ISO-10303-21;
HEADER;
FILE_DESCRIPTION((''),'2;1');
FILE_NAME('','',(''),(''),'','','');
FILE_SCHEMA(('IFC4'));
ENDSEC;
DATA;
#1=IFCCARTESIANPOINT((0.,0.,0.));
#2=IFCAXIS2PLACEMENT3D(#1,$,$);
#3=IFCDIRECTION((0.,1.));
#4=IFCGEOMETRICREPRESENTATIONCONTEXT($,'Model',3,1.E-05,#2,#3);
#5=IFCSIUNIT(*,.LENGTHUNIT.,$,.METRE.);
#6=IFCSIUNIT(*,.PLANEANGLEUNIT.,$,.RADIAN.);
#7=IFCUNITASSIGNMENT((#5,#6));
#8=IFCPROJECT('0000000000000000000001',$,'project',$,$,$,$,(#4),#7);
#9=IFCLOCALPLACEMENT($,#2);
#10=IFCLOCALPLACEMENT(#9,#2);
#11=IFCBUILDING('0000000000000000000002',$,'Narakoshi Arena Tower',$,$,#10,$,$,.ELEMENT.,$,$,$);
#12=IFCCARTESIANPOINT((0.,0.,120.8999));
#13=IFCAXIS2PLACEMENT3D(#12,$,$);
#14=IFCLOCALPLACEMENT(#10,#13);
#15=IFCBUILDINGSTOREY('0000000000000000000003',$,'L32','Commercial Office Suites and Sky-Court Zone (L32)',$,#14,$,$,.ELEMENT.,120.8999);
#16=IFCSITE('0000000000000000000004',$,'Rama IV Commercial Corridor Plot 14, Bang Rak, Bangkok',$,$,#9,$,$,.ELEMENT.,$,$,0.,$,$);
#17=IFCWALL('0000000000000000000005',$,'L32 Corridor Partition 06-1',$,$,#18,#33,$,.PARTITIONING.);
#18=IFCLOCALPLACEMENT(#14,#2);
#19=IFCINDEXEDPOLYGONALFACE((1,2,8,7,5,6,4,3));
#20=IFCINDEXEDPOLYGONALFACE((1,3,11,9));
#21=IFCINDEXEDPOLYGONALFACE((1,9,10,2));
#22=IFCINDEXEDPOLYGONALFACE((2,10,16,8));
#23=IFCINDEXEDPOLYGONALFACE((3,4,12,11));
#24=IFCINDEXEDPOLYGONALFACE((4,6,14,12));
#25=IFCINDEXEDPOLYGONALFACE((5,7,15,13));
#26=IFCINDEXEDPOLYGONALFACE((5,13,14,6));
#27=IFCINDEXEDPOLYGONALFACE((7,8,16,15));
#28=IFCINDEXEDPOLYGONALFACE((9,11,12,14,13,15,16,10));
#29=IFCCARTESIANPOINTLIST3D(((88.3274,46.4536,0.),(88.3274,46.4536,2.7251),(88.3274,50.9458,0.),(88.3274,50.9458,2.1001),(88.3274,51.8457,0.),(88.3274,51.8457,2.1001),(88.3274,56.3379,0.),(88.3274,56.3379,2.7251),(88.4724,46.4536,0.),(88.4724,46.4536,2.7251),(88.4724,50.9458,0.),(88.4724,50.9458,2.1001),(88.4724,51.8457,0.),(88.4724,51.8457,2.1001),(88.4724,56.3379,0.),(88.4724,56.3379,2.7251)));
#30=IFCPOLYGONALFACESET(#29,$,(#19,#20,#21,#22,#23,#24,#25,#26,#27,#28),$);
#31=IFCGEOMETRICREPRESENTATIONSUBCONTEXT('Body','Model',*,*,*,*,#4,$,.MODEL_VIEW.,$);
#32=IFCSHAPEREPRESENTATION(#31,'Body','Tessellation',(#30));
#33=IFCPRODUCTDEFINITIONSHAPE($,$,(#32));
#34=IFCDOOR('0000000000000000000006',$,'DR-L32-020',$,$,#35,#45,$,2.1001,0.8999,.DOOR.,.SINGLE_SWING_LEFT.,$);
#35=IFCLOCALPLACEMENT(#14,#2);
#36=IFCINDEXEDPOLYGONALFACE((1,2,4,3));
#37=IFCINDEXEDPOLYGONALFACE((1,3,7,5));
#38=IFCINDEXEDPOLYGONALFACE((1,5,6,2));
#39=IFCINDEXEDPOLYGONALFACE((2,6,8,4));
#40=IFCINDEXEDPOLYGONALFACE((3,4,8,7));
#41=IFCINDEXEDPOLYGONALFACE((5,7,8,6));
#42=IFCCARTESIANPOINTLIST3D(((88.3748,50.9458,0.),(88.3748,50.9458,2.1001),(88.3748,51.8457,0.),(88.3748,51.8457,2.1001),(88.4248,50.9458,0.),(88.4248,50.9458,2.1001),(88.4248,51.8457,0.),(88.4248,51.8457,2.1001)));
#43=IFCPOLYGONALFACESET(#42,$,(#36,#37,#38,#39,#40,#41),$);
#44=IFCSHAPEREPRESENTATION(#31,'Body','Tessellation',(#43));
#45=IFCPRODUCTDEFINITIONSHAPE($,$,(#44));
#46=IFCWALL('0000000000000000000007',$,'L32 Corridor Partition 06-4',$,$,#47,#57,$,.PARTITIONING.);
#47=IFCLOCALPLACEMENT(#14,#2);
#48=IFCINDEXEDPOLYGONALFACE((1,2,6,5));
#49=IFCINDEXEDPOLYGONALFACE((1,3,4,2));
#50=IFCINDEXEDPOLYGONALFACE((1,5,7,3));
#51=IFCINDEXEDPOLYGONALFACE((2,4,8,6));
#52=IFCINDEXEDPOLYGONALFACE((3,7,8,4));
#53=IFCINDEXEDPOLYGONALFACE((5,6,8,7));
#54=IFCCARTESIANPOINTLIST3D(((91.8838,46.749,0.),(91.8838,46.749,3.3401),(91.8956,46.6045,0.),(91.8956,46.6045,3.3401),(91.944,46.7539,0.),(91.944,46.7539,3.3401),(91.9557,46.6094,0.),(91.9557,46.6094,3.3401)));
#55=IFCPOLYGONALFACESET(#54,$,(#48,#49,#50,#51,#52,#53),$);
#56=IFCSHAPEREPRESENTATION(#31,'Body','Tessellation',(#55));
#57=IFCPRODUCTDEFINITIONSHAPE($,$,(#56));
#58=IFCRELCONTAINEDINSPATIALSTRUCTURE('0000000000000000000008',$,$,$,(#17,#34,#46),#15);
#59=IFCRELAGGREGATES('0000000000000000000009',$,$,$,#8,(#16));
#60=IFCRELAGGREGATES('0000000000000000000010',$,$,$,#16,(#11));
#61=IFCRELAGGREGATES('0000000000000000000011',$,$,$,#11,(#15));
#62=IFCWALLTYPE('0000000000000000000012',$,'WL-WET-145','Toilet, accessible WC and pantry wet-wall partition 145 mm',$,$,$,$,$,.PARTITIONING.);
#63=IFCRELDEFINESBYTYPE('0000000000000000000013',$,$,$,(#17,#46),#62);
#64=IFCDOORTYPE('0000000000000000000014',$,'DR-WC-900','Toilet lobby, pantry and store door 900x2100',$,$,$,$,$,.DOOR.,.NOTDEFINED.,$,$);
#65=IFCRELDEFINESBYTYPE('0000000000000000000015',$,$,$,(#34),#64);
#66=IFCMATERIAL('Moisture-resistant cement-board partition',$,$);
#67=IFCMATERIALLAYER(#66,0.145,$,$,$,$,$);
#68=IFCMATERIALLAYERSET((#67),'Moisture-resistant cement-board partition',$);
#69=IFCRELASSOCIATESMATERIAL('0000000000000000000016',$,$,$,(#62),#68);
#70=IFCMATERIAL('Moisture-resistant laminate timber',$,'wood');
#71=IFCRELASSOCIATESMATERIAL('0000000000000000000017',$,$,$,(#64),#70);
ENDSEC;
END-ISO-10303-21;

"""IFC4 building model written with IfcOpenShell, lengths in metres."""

from ifc_helpers import new_model, si_unit, direction, frame, frame_2d, origin, place, context, subcontext, project, spatial, rectangle, extrude, material, layer, layer_set, type_object, element, fill, save


model = new_model("IFC4")

# Units and contexts
model_context = context("Model", 3, precision=1e-05, world=origin(), true_north=direction((0.0, 1.0)))
body_context = subcontext(model_context, "Body", "Model", "MODEL_VIEW")
ifc_project = project(units=[si_unit("LENGTHUNIT", "METRE"), si_unit("PLANEANGLEUNIT", "RADIAN")], contexts=[model_context])

# Site, building, storey
site_placement = place(None, origin())
site = spatial("IfcSite", under=ifc_project, at=site_placement, Name="Rama IV Commercial Corridor Plot 14, Bang Rak, Bangkok", CompositionType="ELEMENT", RefElevation=0.0)
building_placement = place(site_placement, origin())
building = spatial("IfcBuilding", under=site, at=building_placement, Name="Narakoshi Arena Tower", CompositionType="ELEMENT")
storey_placement = place(building_placement, frame((0.0, 0.0, 120.8999)))
storey = spatial("IfcBuildingStorey", under=building, at=storey_placement, Name="L32", Description="Commercial Office Suites and Sky-Court Zone (L32)", CompositionType="ELEMENT", Elevation=120.8999)

# Shared definitions
ifc_material_1 = material(Name="Moisture-resistant cement-board partition")
ifc_layer_1 = layer(ifc_material_1, 0.145)
ifc_layer_set_1 = layer_set([ifc_layer_1], Name="Moisture-resistant cement-board partition")
wall_type_1 = type_object("IfcWallType", Name="WL-WET-145", Description="Toilet, accessible WC and pantry wet-wall partition 145 mm", PredefinedType="PARTITIONING", material=ifc_layer_set_1)

# Wall, opening, door
wall_1_placement = place(storey_placement, frame((88.3999, 46.4536, 0.0), z_axis=(0.0, 0.0, 1.0), x_axis=(0.0, 1.0, 0.0)))
wall_1 = element("IfcWall", 1, at=wall_1_placement, inside=storey, type_object=wall_type_1, Name="L32 Corridor Partition 06-1", PredefinedType="PARTITIONING", context=body_context, shape_type="SweptSolid", body=[
    extrude(rectangle(XDim=9.8843, YDim=0.145, at=frame_2d((4.9421, 0.0))), origin(), (0.0, 0.0, 1.0), 2.7251),
])
opening_1_placement = place(wall_1_placement, frame((4.4922, 0.0, 0.0)))
opening_1 = element("IfcOpeningElement", 2, at=opening_1_placement, cuts=wall_1, PredefinedType="OPENING", context=body_context, shape_type="SweptSolid", body=[
    extrude(rectangle(XDim=0.8999, YDim=2.1001, at=frame_2d((0.45, 1.05))), frame((0.0, 0.0825, 0.0), z_axis=(0.0, -1.0, 0.0), x_axis=(1.0, 0.0, 0.0)), (0.0, 0.0, 1.0), 0.165),
])
ifc_material_2 = material(Name="Moisture-resistant laminate timber", Category="wood")
door_type_1 = type_object("IfcDoorType", Name="DR-WC-900", Description="Toilet lobby, pantry and store door 900x2100", OperationType="NOTDEFINED", PredefinedType="DOOR", material=ifc_material_2)
door_1_placement = place(opening_1_placement, frame((0.8999, 0.0, 0.0), z_axis=(0.0, 0.0, 1.0), x_axis=(-1.0, 0.0, 0.0)))
door_1 = element("IfcDoor", 3, at=door_1_placement, inside=storey, type_object=door_type_1, Name="DR-L32-020", OperationType="SINGLE_SWING_LEFT", OverallHeight=2.1001, OverallWidth=0.8999, PredefinedType="DOOR", context=body_context, shape_type="SweptSolid", body=[
    extrude(rectangle(XDim=0.8999, YDim=2.1001, at=frame_2d((0.45, 1.05))), frame((0.0, 0.0249, 0.0), z_axis=(0.0, -1.0, 0.0), x_axis=(1.0, 0.0, 0.0)), (0.0, 0.0, 1.0), 0.05),
])
fill(opening_1, door_1)

# Wall
wall_2_placement = place(storey_placement, frame((91.95, 46.6816, 0.0), z_axis=(0.0, 0.0, 1.0), x_axis=(-0.996711, -0.081033, 0.0)))
element("IfcWall", 4, at=wall_2_placement, inside=storey, type_object=wall_type_1, Name="L32 Corridor Partition 06-4", PredefinedType="PARTITIONING", context=body_context, shape_type="SweptSolid", body=[
    extrude(rectangle(XDim=0.0603, YDim=0.145, at=frame_2d((0.0303, 0.0))), origin(), (0.0, 0.0, 1.0), 3.3401),
])

save(model, "model.ifc")
